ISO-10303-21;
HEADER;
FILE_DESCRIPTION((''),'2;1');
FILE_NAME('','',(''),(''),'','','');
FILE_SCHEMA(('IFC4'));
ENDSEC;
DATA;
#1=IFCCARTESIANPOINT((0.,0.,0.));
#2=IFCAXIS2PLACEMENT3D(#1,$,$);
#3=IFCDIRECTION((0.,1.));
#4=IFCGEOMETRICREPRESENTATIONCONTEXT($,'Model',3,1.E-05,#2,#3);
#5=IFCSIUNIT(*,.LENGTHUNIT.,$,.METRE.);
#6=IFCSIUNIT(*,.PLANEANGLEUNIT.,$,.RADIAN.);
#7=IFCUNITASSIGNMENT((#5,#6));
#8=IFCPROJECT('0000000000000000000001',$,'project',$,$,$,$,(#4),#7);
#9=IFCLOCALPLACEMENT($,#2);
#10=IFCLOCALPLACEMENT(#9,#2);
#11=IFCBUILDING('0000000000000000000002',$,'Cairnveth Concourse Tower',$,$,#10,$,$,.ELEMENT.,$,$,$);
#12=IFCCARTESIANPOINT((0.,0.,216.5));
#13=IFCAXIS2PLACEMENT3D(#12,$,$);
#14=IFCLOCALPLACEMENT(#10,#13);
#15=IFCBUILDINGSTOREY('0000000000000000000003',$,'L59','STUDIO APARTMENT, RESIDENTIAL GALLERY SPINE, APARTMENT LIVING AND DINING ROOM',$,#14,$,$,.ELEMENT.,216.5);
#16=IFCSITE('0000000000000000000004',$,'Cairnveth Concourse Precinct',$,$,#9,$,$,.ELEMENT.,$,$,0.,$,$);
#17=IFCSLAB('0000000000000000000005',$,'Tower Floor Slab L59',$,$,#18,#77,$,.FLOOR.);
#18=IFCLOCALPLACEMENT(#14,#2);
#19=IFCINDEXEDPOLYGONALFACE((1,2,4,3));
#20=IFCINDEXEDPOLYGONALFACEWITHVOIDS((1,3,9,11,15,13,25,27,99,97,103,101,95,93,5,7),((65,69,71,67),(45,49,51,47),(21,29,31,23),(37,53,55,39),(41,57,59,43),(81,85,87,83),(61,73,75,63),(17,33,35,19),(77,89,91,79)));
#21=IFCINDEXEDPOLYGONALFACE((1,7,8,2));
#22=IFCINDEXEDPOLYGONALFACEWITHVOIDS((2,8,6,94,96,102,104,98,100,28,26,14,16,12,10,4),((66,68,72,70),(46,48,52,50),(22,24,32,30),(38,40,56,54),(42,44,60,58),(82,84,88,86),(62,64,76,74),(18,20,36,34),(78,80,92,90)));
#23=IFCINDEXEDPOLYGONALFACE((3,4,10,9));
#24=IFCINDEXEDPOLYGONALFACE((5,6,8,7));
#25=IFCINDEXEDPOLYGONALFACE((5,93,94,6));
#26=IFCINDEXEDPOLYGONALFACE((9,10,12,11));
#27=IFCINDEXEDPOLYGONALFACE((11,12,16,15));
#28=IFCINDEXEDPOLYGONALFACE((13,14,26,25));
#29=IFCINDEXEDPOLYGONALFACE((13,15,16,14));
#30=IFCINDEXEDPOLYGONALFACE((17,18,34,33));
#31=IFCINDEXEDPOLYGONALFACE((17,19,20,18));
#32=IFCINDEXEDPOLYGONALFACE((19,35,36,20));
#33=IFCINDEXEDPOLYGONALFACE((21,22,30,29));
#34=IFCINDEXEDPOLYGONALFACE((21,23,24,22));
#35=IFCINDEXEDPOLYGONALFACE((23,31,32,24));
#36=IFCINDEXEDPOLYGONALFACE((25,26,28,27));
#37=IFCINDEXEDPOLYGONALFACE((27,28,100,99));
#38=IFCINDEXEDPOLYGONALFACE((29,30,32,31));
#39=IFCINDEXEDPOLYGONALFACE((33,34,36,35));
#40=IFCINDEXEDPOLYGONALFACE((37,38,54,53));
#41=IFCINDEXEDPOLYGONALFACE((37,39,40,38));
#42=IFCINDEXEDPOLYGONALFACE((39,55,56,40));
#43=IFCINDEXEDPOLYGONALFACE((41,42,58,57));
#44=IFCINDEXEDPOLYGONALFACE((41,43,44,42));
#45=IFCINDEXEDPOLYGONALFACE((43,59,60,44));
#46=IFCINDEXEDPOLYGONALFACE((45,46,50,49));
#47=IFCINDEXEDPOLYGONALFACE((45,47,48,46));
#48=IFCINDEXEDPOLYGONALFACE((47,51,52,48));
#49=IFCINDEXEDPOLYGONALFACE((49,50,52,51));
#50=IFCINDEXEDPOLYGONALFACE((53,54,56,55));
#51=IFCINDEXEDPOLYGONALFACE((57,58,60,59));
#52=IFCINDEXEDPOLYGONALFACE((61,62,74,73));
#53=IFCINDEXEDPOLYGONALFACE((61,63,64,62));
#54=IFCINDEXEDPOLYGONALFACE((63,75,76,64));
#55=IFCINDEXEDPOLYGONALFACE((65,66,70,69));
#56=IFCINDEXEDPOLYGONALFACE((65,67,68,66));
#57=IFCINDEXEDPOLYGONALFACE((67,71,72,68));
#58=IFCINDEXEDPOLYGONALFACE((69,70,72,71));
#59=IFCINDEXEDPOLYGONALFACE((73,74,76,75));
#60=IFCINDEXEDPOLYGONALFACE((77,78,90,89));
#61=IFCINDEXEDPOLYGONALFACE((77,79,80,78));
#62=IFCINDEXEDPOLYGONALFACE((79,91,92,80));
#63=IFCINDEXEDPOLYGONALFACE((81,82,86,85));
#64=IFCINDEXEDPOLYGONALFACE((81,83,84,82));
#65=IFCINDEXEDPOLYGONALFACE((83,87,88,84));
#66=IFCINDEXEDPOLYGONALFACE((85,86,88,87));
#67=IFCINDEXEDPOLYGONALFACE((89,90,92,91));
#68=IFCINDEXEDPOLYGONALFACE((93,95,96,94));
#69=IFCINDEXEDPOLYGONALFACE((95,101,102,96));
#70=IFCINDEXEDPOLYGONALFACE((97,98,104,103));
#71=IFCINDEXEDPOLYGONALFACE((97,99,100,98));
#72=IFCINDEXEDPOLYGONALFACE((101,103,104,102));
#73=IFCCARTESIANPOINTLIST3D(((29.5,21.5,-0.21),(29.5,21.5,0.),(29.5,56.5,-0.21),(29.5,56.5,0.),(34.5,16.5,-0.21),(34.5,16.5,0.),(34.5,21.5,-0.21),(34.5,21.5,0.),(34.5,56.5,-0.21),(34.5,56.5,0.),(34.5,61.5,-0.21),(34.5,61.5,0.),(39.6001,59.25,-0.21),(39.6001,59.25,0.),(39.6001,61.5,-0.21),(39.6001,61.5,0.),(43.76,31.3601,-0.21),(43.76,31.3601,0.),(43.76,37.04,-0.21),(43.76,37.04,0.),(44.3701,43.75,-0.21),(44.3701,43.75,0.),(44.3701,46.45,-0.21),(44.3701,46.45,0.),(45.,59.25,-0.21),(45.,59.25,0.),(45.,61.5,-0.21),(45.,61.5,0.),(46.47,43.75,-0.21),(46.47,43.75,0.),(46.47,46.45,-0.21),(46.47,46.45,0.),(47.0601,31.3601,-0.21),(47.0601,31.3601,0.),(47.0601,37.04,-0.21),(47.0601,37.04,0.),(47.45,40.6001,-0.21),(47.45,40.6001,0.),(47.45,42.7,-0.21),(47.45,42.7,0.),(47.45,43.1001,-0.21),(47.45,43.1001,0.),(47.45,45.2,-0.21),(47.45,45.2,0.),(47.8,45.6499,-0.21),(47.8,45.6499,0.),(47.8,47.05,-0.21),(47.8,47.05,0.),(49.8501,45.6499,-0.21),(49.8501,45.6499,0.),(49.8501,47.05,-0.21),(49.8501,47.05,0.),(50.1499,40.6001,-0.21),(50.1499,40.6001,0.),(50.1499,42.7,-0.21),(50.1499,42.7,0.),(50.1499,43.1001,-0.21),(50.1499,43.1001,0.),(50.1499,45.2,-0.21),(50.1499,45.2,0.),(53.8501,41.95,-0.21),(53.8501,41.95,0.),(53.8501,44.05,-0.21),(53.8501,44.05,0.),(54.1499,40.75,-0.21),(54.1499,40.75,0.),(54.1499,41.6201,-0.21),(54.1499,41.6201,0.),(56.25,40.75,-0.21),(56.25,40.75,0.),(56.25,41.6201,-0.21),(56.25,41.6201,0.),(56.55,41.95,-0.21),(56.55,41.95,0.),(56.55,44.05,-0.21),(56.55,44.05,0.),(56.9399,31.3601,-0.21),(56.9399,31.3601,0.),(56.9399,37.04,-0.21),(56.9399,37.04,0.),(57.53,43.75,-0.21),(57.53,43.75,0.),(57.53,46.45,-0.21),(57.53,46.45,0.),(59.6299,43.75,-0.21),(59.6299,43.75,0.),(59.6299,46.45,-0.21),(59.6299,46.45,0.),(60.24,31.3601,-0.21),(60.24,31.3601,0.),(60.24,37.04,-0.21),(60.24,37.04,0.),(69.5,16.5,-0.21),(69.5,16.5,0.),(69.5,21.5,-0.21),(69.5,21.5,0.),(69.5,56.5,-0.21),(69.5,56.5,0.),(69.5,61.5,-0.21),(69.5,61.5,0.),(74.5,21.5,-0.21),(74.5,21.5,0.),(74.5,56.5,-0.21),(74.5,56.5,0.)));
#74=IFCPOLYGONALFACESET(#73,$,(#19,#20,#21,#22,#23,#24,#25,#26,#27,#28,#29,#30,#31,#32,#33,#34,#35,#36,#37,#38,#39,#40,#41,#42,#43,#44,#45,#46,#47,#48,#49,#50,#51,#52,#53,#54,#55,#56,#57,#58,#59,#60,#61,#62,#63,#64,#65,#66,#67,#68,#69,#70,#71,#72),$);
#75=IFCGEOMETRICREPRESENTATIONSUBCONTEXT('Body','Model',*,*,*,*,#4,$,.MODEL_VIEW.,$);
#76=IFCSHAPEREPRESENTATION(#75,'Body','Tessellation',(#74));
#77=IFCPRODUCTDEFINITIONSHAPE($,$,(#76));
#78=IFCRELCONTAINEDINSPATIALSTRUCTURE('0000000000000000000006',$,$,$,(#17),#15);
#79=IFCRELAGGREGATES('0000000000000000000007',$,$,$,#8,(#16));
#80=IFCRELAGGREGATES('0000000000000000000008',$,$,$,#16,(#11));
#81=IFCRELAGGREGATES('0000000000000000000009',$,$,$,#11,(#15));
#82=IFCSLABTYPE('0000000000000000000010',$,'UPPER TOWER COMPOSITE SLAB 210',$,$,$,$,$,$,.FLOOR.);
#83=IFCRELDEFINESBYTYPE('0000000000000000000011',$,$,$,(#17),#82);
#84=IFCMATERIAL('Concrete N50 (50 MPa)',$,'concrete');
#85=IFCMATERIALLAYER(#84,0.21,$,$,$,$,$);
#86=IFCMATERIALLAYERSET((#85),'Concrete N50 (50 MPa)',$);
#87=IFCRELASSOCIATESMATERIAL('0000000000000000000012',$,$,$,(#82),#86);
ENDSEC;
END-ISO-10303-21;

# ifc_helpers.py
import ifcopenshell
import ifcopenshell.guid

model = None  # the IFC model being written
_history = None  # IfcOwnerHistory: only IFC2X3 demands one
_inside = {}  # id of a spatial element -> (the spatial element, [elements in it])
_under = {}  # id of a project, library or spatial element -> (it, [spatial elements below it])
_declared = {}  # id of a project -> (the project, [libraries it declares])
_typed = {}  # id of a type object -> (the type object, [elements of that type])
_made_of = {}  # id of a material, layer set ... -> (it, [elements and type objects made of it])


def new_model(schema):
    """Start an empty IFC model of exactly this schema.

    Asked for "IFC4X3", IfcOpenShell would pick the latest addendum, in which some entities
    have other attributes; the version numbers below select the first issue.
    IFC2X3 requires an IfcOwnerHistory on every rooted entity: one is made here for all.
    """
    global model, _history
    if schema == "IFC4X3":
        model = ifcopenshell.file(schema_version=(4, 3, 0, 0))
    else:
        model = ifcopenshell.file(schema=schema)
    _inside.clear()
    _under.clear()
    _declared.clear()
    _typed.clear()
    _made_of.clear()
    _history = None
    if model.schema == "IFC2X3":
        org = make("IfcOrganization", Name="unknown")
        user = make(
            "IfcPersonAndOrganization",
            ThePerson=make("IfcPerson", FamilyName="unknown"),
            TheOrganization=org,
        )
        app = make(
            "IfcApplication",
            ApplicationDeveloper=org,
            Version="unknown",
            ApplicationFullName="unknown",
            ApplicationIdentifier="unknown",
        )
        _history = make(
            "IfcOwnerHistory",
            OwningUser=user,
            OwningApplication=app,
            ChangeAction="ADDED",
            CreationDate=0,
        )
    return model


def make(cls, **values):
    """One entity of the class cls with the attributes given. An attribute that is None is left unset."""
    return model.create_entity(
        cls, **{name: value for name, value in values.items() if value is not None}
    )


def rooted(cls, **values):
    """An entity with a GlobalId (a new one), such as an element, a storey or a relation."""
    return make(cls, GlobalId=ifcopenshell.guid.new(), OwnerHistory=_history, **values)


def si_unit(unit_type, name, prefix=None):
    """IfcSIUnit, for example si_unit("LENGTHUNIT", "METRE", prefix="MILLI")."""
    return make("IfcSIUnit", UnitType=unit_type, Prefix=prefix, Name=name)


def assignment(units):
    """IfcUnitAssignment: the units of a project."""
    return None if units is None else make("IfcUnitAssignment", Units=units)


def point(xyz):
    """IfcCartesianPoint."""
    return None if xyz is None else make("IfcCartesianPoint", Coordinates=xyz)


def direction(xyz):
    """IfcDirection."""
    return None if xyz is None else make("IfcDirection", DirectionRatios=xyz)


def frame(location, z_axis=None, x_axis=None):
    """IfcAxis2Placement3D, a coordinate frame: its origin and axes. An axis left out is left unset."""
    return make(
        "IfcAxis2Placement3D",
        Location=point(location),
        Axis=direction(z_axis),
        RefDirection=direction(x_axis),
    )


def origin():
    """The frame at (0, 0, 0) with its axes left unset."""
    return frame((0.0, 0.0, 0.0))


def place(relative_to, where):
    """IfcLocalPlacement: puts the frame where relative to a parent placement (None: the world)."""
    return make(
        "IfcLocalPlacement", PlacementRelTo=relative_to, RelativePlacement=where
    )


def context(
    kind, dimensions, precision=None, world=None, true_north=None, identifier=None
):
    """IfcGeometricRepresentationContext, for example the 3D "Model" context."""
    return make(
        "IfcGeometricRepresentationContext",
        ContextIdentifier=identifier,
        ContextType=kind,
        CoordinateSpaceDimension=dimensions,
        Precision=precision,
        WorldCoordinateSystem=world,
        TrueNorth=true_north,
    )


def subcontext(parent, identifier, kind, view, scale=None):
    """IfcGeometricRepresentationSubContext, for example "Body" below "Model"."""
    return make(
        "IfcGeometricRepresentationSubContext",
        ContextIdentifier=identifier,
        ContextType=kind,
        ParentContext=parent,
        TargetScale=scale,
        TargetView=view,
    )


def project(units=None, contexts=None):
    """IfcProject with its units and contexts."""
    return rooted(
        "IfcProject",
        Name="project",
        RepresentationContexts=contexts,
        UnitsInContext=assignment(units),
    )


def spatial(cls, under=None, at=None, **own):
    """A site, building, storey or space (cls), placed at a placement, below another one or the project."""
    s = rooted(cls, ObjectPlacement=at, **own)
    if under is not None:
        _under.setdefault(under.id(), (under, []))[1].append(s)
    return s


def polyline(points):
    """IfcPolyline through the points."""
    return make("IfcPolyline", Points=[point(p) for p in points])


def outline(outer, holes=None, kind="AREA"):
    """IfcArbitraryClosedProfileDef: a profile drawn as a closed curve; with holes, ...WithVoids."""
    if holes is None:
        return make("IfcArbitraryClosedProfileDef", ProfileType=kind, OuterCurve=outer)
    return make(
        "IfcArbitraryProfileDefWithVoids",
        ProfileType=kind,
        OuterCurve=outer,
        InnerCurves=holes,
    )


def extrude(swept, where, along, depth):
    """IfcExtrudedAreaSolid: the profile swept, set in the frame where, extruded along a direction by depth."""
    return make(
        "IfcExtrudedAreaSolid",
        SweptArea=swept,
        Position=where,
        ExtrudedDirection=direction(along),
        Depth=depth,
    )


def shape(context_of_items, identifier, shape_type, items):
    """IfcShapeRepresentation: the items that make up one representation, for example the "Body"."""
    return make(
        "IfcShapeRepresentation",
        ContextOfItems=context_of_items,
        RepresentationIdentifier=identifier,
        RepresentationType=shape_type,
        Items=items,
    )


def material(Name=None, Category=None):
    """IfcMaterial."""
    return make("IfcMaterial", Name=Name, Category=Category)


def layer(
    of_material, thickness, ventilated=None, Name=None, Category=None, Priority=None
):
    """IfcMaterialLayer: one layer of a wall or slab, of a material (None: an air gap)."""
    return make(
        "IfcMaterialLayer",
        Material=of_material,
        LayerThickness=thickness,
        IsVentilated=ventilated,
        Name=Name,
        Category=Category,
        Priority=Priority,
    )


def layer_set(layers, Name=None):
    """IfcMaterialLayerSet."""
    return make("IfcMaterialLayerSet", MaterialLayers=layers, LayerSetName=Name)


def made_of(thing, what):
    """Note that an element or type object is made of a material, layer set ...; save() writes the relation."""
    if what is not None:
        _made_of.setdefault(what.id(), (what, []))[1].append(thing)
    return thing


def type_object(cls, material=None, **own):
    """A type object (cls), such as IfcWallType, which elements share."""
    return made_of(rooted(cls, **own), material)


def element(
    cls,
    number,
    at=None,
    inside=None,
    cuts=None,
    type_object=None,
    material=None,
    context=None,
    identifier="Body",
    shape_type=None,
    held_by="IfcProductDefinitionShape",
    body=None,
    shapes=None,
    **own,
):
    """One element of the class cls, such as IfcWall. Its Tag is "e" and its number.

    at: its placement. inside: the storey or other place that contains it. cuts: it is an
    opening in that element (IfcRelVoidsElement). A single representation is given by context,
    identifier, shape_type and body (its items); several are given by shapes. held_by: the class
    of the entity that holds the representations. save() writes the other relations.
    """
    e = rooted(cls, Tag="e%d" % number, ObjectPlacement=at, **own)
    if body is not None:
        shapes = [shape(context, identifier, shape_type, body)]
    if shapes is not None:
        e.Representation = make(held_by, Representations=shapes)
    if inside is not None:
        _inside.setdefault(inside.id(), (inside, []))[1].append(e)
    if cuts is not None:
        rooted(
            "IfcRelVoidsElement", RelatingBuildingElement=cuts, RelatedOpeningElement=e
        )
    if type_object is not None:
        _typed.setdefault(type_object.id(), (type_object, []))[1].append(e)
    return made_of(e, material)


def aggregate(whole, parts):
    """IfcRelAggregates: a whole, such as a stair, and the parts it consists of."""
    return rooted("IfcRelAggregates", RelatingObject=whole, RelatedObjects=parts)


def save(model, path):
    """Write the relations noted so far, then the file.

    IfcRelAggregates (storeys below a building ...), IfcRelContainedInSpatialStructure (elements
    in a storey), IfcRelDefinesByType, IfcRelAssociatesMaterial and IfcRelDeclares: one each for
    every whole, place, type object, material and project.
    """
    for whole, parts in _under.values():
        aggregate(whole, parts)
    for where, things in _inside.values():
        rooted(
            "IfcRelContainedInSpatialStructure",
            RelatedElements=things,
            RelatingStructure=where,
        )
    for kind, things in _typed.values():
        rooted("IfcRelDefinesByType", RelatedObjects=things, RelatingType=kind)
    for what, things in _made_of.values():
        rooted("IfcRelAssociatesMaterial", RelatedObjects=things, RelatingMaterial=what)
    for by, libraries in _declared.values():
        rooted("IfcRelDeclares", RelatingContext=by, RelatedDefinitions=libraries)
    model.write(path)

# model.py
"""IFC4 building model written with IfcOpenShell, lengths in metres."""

from ifc_helpers import new_model, si_unit, direction, frame, origin, place, context, subcontext, project, spatial, polyline, outline, extrude, material, layer, layer_set, type_object, element, save


model = new_model("IFC4")

# Units and contexts
model_context = context("Model", 3, precision=1e-05, world=origin(), true_north=direction((0.0, 1.0)))
body_context = subcontext(model_context, "Body", "Model", "MODEL_VIEW")
ifc_project = project(units=[si_unit("LENGTHUNIT", "METRE"), si_unit("PLANEANGLEUNIT", "RADIAN")], contexts=[model_context])

# Site, building, storey
site_placement = place(None, origin())
site = spatial("IfcSite", under=ifc_project, at=site_placement, Name="Cairnveth Concourse Precinct", CompositionType="ELEMENT", RefElevation=0.0)
building_placement = place(site_placement, origin())
building = spatial("IfcBuilding", under=site, at=building_placement, Name="Cairnveth Concourse Tower", CompositionType="ELEMENT")
storey_placement = place(building_placement, frame((0.0, 0.0, 216.5)))
storey = spatial("IfcBuildingStorey", under=building, at=storey_placement, Name="L59", Description="STUDIO APARTMENT, RESIDENTIAL GALLERY SPINE, APARTMENT LIVING AND DINING ROOM", CompositionType="ELEMENT", Elevation=216.5)

# Shared definitions
ifc_material_1 = material(Name="Concrete N50 (50 MPa)", Category="concrete")

# Slab
ifc_layer_1 = layer(ifc_material_1, 0.21)
ifc_layer_set_1 = layer_set([ifc_layer_1], Name="Concrete N50 (50 MPa)")
slab_type_1 = type_object("IfcSlabType", Name="UPPER TOWER COMPOSITE SLAB 210", PredefinedType="FLOOR", material=ifc_layer_set_1)
slab_1_placement = place(storey_placement, frame((0.0, 0.0, -0.21)))
element("IfcSlab", 1, at=slab_1_placement, inside=storey, type_object=slab_type_1, Name="Tower Floor Slab L59", PredefinedType="FLOOR", context=body_context, shape_type="SweptSolid", body=[
    extrude(outline(polyline([(45.0, 61.5), (45.0, 59.25), (39.6001, 59.25), (39.6001, 61.5), (34.5, 61.5), (34.5, 56.5), (29.5, 56.5), (29.5, 21.5), (34.5, 21.5), (34.5, 16.5), (69.5, 16.5), (69.5, 21.5), (74.5, 21.5), (74.5, 56.5), (69.5, 56.5), (69.5, 61.5), (45.0, 61.5)]), holes=[polyline([(43.76, 31.3601), (47.0601, 31.3601), (47.0601, 37.04), (43.76, 37.04), (43.76, 31.3601)]), polyline([(56.9399, 31.3601), (60.24, 31.3601), (60.24, 37.04), (56.9399, 37.04), (56.9399, 31.3601)]), polyline([(44.3701, 43.75), (46.47, 43.75), (46.47, 46.45), (44.3701, 46.45), (44.3701, 43.75)]), polyline([(57.53, 43.75), (59.6299, 43.75), (59.6299, 46.45), (57.53, 46.45), (57.53, 43.75)]), polyline([(47.45, 40.6001), (50.1499, 40.6001), (50.1499, 42.7), (47.45, 42.7), (47.45, 40.6001)]), polyline([(47.45, 43.1001), (50.1499, 43.1001), (50.1499, 45.2), (47.45, 45.2), (47.45, 43.1001)]), polyline([(53.8501, 41.95), (56.55, 41.95), (56.55, 44.05), (53.8501, 44.05), (53.8501, 41.95)]), polyline([(47.8, 45.6499), (49.8501, 45.6499), (49.8501, 47.05), (47.8, 47.05), (47.8, 45.6499)]), polyline([(54.1499, 40.75), (56.25, 40.75), (56.25, 41.6201), (54.1499, 41.6201), (54.1499, 40.75)])]), origin(), (0.0, 0.0, 1.0), 0.21),
])

save(model, "model.ifc")
